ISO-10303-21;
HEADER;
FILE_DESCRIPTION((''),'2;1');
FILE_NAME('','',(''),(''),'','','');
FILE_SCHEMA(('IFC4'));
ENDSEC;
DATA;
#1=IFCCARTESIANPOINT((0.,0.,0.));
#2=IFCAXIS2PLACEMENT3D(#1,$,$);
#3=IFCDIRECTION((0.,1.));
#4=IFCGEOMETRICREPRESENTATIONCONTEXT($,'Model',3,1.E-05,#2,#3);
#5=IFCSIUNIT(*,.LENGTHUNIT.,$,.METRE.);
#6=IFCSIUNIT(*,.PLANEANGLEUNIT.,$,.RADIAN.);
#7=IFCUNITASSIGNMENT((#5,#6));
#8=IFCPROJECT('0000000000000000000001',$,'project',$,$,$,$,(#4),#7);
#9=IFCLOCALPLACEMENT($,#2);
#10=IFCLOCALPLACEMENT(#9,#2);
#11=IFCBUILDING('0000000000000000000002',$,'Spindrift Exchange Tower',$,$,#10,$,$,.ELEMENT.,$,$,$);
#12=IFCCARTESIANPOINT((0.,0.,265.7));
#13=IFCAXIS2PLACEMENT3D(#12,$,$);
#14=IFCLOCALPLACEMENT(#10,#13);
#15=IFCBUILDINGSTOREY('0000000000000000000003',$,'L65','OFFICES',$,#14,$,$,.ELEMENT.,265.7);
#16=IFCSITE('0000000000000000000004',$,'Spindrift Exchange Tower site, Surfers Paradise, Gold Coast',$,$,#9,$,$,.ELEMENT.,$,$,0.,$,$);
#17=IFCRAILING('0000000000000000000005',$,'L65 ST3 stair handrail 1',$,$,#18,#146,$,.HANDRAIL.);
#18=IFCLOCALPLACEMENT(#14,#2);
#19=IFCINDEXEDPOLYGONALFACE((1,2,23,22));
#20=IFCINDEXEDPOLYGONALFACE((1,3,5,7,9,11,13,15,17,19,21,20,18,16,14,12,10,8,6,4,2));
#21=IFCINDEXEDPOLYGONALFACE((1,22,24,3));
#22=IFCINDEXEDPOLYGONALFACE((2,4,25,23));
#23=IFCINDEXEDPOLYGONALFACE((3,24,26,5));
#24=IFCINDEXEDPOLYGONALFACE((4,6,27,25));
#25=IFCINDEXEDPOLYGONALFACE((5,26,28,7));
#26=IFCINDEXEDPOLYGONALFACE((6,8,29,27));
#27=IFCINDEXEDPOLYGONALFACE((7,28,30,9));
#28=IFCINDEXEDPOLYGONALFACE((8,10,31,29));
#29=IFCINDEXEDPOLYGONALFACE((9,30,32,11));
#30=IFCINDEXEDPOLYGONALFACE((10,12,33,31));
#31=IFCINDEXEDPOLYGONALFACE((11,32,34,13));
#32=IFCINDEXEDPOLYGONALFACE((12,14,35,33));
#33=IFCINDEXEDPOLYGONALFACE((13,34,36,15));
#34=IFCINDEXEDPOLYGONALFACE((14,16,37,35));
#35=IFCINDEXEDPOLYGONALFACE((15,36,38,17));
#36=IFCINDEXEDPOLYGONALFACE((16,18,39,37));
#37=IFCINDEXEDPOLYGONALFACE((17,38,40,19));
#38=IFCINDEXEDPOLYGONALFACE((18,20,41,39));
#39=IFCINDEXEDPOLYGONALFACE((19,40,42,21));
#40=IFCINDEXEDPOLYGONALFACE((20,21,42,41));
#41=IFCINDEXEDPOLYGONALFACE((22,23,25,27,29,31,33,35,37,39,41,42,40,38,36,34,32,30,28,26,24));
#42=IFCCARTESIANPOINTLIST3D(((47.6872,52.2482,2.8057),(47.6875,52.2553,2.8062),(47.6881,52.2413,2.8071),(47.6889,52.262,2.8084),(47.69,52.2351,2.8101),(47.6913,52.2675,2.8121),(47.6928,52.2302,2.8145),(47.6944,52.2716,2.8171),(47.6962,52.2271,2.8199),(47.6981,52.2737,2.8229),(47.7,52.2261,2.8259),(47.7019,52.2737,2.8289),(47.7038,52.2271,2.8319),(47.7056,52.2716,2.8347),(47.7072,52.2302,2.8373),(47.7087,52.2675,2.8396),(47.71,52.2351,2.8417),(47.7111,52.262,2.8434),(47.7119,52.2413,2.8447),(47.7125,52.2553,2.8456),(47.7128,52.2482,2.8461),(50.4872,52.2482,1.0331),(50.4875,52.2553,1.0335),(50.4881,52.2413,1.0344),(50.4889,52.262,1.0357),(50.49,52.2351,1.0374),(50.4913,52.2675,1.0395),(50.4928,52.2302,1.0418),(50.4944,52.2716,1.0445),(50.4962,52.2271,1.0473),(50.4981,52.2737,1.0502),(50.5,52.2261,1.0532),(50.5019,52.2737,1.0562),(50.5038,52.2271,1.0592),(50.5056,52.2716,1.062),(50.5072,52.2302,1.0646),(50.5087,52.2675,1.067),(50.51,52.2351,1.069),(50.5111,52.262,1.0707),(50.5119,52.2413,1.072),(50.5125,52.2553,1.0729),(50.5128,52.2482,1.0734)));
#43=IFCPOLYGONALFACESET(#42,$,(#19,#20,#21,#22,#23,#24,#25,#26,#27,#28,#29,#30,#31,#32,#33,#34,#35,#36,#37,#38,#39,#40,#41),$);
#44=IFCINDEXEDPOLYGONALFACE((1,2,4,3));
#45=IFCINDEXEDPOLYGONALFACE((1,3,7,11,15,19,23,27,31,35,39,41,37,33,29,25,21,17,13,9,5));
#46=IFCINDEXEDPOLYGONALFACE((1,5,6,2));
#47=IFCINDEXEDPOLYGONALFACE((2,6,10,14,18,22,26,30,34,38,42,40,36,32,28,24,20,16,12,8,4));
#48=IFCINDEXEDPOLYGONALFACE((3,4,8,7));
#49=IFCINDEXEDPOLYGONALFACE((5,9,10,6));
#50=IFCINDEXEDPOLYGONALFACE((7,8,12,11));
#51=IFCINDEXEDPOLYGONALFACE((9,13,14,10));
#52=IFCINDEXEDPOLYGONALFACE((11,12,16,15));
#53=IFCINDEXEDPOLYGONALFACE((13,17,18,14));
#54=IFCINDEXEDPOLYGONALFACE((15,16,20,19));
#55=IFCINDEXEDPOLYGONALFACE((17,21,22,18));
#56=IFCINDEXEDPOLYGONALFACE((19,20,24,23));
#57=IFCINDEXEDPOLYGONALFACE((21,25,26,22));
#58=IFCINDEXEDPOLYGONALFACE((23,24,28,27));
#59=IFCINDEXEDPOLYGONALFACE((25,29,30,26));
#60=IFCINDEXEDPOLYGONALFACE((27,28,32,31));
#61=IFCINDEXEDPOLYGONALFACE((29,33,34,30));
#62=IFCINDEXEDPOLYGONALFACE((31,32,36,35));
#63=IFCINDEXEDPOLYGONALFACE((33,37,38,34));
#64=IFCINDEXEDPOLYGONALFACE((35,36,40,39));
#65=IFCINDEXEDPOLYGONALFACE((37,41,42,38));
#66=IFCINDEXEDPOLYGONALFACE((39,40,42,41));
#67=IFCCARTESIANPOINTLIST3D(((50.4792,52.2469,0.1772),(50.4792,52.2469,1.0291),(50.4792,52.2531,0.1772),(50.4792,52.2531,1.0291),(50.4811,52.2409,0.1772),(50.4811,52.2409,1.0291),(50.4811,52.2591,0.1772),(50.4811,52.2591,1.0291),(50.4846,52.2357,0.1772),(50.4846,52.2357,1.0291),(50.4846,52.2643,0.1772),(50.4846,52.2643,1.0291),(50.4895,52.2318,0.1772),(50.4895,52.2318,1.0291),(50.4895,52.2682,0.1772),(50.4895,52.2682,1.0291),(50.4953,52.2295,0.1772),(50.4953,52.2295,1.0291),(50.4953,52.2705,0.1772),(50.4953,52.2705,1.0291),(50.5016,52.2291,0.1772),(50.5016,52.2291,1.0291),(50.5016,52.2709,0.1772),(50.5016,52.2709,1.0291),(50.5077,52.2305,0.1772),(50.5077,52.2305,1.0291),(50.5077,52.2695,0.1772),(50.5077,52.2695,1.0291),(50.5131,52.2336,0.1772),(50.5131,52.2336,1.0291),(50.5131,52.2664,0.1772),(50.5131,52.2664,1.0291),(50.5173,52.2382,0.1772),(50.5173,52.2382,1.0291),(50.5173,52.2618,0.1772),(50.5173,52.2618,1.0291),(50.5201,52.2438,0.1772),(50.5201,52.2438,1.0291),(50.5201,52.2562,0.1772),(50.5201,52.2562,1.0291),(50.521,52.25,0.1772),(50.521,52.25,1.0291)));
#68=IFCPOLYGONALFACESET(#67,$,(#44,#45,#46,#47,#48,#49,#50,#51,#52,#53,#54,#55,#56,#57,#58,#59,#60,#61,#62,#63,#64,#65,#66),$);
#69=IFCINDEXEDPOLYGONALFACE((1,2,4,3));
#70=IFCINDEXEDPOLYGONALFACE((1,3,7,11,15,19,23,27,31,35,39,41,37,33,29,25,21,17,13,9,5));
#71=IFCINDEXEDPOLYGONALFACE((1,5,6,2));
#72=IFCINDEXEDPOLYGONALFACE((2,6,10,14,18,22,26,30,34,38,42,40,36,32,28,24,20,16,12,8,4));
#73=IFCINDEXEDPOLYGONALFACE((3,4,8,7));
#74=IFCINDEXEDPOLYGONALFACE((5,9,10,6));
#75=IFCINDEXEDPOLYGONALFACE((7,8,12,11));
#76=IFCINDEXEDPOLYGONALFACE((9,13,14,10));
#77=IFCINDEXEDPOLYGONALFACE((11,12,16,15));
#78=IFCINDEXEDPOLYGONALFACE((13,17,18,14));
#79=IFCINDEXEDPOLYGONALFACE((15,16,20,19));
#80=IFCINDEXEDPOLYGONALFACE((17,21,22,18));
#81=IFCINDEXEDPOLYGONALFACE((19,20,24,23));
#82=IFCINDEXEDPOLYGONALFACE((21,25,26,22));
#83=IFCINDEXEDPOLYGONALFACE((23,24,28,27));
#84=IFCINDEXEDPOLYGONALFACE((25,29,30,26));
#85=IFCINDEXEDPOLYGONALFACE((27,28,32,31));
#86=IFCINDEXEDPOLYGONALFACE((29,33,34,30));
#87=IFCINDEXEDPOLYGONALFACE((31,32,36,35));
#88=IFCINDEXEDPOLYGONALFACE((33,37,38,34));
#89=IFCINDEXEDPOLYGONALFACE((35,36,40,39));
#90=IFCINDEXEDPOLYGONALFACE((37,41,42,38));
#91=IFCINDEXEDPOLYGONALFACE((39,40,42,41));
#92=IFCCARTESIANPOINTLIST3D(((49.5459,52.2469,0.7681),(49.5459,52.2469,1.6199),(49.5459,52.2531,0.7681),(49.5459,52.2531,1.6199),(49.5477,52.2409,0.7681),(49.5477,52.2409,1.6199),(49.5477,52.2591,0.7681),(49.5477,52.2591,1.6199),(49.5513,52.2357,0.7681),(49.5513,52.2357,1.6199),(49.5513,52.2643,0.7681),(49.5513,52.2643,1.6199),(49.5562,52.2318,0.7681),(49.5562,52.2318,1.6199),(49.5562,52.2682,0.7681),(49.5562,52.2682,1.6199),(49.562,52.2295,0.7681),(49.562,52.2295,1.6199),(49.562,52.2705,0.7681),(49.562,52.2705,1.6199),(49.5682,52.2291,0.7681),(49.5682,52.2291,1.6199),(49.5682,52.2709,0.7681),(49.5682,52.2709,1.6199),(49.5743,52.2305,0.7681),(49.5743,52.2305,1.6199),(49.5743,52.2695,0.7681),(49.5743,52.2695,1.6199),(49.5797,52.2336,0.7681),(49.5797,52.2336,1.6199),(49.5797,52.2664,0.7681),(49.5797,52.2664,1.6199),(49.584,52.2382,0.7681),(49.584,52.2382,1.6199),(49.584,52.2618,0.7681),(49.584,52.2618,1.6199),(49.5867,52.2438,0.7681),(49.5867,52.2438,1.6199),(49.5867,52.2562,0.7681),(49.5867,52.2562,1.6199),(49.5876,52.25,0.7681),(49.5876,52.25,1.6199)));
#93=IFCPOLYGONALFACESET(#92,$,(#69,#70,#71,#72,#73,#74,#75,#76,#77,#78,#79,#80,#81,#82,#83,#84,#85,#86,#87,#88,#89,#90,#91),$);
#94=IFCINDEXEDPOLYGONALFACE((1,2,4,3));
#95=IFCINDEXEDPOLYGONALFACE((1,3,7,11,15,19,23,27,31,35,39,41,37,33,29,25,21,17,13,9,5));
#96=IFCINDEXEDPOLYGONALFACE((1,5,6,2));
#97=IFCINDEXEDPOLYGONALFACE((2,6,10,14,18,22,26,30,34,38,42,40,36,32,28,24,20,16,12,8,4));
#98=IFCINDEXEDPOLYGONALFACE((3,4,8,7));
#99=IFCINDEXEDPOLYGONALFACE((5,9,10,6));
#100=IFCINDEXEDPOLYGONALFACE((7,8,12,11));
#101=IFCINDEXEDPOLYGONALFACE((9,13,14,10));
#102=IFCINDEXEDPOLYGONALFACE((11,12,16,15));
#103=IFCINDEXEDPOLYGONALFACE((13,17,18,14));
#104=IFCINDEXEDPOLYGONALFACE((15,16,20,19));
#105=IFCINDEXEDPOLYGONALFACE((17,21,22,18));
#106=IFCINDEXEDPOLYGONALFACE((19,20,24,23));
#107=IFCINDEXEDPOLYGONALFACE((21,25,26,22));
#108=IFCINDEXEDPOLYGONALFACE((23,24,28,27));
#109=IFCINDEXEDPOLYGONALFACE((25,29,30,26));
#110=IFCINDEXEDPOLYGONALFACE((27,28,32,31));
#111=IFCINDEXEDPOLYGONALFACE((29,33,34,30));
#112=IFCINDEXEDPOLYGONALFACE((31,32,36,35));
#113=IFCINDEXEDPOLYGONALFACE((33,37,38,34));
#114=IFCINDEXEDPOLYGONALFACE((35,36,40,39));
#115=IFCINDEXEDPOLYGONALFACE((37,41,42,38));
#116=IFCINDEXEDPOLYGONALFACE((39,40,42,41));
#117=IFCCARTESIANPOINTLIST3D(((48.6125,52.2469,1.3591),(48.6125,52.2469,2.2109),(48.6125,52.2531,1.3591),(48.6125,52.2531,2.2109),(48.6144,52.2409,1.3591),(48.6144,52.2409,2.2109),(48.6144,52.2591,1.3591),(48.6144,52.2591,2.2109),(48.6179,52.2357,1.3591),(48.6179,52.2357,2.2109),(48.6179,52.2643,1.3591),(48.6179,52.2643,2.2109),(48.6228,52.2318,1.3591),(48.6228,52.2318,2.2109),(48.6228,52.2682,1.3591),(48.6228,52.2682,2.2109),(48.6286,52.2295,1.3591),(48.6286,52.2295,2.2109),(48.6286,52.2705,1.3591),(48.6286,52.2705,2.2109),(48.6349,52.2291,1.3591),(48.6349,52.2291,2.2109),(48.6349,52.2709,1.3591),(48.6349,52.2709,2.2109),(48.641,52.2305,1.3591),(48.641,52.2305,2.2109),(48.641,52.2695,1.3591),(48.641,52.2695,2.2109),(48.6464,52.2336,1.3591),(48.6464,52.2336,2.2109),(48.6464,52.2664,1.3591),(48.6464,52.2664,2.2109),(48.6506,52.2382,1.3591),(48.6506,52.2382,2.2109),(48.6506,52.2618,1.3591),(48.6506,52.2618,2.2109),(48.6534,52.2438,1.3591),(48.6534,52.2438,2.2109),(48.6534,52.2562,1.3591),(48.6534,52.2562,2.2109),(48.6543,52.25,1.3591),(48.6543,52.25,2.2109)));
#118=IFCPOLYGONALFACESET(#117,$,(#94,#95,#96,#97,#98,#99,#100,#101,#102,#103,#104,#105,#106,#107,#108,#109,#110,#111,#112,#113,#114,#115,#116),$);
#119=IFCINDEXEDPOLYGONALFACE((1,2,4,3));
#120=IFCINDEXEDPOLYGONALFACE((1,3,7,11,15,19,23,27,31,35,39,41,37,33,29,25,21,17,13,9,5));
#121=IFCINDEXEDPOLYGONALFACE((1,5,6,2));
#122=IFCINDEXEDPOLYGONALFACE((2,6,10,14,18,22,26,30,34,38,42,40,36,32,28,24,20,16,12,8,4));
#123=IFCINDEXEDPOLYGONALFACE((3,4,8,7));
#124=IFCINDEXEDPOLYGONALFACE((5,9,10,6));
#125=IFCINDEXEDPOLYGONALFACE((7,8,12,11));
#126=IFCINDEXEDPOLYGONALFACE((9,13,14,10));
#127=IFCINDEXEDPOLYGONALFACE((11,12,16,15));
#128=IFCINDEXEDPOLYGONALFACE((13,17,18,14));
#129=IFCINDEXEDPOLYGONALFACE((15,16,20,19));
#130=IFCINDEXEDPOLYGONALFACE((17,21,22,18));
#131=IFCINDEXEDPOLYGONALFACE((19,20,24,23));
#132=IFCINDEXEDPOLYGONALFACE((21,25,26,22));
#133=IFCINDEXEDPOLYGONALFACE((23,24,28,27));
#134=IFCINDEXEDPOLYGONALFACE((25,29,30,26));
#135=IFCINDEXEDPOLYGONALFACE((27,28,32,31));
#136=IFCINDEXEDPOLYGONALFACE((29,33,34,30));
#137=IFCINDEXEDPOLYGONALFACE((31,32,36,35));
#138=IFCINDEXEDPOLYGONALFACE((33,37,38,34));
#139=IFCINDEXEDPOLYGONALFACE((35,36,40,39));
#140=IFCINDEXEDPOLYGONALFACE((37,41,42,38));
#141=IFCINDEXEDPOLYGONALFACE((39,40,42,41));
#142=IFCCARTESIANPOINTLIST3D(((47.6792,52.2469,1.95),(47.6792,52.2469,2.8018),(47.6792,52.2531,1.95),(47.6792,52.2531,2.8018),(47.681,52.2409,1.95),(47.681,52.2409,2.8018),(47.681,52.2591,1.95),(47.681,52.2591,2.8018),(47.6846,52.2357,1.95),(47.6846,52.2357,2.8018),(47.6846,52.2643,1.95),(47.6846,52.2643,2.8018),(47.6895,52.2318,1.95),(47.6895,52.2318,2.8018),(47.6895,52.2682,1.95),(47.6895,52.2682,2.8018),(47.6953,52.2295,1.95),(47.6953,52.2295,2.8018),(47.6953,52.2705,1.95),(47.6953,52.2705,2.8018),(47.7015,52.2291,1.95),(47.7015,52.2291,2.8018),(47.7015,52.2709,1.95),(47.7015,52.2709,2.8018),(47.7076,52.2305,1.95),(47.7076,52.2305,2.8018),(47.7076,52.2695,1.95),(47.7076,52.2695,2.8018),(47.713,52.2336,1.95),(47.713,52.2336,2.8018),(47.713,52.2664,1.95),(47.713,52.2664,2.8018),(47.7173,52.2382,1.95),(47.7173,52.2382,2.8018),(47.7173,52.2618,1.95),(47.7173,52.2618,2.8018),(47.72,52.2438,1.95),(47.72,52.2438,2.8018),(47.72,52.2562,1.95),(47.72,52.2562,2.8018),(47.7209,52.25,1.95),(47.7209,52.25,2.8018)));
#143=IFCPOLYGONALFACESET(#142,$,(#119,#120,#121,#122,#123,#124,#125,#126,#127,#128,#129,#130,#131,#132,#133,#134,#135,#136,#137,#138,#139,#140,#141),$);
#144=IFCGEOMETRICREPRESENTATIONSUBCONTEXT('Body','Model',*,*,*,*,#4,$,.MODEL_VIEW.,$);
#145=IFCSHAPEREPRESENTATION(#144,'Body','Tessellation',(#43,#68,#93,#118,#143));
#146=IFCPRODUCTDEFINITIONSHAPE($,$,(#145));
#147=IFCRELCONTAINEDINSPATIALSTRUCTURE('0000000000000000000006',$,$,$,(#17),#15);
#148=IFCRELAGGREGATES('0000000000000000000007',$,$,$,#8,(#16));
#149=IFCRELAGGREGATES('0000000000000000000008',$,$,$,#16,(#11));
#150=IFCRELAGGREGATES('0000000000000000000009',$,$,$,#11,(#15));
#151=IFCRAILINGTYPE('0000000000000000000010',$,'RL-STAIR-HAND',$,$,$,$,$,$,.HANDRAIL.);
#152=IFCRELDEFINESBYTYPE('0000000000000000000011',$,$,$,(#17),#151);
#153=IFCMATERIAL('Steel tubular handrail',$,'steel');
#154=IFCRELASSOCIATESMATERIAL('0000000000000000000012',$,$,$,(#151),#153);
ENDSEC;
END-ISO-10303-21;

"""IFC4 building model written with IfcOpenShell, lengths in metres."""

from ifc_helpers import new_model, si_unit, direction, frame, origin, origin_2d, place, context, subcontext, project, spatial, circle, extrude, material, type_object, element, save


model = new_model("IFC4")

# Units and contexts
model_context = context("Model", 3, precision=1e-05, world=origin(), true_north=direction((0.0, 1.0)))
body_context = subcontext(model_context, "Body", "Model", "MODEL_VIEW")
ifc_project = project(units=[si_unit("LENGTHUNIT", "METRE"), si_unit("PLANEANGLEUNIT", "RADIAN")], contexts=[model_context])

# Site, building, storey
site_placement = place(None, origin())
site = spatial("IfcSite", under=ifc_project, at=site_placement, Name="Spindrift Exchange Tower site, Surfers Paradise, Gold Coast", CompositionType="ELEMENT", RefElevation=0.0)
building_placement = place(site_placement, origin())
building = spatial("IfcBuilding", under=site, at=building_placement, Name="Spindrift Exchange Tower", CompositionType="ELEMENT")
storey_placement = place(building_placement, frame((0.0, 0.0, 265.7)))
storey = spatial("IfcBuildingStorey", under=building, at=storey_placement, Name="L65", Description="OFFICES", CompositionType="ELEMENT", Elevation=265.7)

# Railing
ifc_material_1 = material(Name="Steel tubular handrail", Category="steel")
railing_type_1 = type_object("IfcRailingType", Name="RL-STAIR-HAND", PredefinedType="HANDRAIL", material=ifc_material_1)
railing_1_placement = place(storey_placement, frame((50.5, 52.25, 0.1772)))
element("IfcRailing", 1, at=railing_1_placement, inside=storey, type_object=railing_type_1, Name="L65 ST3 stair handrail 1", PredefinedType="HANDRAIL", context=body_context, shape_type="SweptSolid", body=[
    extrude(circle(Radius=0.0239, at=origin_2d()), frame((0.0, 0.0, 0.876), z_axis=(-0.844909, 0.0, 0.53491), x_axis=(0.0, -1.0, 0.0)), (0.0, 0.0, 1.0), 3.314),
    extrude(circle(Radius=0.021, at=origin_2d()), origin(), (0.0, 0.0, 1.0), 0.8518),
    extrude(circle(Radius=0.021, at=origin_2d()), frame((-0.9333, 0.0, 0.5908)), (0.0, 0.0, 1.0), 0.8518),
    extrude(circle(Radius=0.021, at=origin_2d()), frame((-1.8667, 0.0, 1.1819)), (0.0, 0.0, 1.0), 0.8518),
    extrude(circle(Radius=0.021, at=origin_2d()), frame((-2.8, 0.0, 1.7727)), (0.0, 0.0, 1.0), 0.8518),
])

save(model, "model.ifc")
